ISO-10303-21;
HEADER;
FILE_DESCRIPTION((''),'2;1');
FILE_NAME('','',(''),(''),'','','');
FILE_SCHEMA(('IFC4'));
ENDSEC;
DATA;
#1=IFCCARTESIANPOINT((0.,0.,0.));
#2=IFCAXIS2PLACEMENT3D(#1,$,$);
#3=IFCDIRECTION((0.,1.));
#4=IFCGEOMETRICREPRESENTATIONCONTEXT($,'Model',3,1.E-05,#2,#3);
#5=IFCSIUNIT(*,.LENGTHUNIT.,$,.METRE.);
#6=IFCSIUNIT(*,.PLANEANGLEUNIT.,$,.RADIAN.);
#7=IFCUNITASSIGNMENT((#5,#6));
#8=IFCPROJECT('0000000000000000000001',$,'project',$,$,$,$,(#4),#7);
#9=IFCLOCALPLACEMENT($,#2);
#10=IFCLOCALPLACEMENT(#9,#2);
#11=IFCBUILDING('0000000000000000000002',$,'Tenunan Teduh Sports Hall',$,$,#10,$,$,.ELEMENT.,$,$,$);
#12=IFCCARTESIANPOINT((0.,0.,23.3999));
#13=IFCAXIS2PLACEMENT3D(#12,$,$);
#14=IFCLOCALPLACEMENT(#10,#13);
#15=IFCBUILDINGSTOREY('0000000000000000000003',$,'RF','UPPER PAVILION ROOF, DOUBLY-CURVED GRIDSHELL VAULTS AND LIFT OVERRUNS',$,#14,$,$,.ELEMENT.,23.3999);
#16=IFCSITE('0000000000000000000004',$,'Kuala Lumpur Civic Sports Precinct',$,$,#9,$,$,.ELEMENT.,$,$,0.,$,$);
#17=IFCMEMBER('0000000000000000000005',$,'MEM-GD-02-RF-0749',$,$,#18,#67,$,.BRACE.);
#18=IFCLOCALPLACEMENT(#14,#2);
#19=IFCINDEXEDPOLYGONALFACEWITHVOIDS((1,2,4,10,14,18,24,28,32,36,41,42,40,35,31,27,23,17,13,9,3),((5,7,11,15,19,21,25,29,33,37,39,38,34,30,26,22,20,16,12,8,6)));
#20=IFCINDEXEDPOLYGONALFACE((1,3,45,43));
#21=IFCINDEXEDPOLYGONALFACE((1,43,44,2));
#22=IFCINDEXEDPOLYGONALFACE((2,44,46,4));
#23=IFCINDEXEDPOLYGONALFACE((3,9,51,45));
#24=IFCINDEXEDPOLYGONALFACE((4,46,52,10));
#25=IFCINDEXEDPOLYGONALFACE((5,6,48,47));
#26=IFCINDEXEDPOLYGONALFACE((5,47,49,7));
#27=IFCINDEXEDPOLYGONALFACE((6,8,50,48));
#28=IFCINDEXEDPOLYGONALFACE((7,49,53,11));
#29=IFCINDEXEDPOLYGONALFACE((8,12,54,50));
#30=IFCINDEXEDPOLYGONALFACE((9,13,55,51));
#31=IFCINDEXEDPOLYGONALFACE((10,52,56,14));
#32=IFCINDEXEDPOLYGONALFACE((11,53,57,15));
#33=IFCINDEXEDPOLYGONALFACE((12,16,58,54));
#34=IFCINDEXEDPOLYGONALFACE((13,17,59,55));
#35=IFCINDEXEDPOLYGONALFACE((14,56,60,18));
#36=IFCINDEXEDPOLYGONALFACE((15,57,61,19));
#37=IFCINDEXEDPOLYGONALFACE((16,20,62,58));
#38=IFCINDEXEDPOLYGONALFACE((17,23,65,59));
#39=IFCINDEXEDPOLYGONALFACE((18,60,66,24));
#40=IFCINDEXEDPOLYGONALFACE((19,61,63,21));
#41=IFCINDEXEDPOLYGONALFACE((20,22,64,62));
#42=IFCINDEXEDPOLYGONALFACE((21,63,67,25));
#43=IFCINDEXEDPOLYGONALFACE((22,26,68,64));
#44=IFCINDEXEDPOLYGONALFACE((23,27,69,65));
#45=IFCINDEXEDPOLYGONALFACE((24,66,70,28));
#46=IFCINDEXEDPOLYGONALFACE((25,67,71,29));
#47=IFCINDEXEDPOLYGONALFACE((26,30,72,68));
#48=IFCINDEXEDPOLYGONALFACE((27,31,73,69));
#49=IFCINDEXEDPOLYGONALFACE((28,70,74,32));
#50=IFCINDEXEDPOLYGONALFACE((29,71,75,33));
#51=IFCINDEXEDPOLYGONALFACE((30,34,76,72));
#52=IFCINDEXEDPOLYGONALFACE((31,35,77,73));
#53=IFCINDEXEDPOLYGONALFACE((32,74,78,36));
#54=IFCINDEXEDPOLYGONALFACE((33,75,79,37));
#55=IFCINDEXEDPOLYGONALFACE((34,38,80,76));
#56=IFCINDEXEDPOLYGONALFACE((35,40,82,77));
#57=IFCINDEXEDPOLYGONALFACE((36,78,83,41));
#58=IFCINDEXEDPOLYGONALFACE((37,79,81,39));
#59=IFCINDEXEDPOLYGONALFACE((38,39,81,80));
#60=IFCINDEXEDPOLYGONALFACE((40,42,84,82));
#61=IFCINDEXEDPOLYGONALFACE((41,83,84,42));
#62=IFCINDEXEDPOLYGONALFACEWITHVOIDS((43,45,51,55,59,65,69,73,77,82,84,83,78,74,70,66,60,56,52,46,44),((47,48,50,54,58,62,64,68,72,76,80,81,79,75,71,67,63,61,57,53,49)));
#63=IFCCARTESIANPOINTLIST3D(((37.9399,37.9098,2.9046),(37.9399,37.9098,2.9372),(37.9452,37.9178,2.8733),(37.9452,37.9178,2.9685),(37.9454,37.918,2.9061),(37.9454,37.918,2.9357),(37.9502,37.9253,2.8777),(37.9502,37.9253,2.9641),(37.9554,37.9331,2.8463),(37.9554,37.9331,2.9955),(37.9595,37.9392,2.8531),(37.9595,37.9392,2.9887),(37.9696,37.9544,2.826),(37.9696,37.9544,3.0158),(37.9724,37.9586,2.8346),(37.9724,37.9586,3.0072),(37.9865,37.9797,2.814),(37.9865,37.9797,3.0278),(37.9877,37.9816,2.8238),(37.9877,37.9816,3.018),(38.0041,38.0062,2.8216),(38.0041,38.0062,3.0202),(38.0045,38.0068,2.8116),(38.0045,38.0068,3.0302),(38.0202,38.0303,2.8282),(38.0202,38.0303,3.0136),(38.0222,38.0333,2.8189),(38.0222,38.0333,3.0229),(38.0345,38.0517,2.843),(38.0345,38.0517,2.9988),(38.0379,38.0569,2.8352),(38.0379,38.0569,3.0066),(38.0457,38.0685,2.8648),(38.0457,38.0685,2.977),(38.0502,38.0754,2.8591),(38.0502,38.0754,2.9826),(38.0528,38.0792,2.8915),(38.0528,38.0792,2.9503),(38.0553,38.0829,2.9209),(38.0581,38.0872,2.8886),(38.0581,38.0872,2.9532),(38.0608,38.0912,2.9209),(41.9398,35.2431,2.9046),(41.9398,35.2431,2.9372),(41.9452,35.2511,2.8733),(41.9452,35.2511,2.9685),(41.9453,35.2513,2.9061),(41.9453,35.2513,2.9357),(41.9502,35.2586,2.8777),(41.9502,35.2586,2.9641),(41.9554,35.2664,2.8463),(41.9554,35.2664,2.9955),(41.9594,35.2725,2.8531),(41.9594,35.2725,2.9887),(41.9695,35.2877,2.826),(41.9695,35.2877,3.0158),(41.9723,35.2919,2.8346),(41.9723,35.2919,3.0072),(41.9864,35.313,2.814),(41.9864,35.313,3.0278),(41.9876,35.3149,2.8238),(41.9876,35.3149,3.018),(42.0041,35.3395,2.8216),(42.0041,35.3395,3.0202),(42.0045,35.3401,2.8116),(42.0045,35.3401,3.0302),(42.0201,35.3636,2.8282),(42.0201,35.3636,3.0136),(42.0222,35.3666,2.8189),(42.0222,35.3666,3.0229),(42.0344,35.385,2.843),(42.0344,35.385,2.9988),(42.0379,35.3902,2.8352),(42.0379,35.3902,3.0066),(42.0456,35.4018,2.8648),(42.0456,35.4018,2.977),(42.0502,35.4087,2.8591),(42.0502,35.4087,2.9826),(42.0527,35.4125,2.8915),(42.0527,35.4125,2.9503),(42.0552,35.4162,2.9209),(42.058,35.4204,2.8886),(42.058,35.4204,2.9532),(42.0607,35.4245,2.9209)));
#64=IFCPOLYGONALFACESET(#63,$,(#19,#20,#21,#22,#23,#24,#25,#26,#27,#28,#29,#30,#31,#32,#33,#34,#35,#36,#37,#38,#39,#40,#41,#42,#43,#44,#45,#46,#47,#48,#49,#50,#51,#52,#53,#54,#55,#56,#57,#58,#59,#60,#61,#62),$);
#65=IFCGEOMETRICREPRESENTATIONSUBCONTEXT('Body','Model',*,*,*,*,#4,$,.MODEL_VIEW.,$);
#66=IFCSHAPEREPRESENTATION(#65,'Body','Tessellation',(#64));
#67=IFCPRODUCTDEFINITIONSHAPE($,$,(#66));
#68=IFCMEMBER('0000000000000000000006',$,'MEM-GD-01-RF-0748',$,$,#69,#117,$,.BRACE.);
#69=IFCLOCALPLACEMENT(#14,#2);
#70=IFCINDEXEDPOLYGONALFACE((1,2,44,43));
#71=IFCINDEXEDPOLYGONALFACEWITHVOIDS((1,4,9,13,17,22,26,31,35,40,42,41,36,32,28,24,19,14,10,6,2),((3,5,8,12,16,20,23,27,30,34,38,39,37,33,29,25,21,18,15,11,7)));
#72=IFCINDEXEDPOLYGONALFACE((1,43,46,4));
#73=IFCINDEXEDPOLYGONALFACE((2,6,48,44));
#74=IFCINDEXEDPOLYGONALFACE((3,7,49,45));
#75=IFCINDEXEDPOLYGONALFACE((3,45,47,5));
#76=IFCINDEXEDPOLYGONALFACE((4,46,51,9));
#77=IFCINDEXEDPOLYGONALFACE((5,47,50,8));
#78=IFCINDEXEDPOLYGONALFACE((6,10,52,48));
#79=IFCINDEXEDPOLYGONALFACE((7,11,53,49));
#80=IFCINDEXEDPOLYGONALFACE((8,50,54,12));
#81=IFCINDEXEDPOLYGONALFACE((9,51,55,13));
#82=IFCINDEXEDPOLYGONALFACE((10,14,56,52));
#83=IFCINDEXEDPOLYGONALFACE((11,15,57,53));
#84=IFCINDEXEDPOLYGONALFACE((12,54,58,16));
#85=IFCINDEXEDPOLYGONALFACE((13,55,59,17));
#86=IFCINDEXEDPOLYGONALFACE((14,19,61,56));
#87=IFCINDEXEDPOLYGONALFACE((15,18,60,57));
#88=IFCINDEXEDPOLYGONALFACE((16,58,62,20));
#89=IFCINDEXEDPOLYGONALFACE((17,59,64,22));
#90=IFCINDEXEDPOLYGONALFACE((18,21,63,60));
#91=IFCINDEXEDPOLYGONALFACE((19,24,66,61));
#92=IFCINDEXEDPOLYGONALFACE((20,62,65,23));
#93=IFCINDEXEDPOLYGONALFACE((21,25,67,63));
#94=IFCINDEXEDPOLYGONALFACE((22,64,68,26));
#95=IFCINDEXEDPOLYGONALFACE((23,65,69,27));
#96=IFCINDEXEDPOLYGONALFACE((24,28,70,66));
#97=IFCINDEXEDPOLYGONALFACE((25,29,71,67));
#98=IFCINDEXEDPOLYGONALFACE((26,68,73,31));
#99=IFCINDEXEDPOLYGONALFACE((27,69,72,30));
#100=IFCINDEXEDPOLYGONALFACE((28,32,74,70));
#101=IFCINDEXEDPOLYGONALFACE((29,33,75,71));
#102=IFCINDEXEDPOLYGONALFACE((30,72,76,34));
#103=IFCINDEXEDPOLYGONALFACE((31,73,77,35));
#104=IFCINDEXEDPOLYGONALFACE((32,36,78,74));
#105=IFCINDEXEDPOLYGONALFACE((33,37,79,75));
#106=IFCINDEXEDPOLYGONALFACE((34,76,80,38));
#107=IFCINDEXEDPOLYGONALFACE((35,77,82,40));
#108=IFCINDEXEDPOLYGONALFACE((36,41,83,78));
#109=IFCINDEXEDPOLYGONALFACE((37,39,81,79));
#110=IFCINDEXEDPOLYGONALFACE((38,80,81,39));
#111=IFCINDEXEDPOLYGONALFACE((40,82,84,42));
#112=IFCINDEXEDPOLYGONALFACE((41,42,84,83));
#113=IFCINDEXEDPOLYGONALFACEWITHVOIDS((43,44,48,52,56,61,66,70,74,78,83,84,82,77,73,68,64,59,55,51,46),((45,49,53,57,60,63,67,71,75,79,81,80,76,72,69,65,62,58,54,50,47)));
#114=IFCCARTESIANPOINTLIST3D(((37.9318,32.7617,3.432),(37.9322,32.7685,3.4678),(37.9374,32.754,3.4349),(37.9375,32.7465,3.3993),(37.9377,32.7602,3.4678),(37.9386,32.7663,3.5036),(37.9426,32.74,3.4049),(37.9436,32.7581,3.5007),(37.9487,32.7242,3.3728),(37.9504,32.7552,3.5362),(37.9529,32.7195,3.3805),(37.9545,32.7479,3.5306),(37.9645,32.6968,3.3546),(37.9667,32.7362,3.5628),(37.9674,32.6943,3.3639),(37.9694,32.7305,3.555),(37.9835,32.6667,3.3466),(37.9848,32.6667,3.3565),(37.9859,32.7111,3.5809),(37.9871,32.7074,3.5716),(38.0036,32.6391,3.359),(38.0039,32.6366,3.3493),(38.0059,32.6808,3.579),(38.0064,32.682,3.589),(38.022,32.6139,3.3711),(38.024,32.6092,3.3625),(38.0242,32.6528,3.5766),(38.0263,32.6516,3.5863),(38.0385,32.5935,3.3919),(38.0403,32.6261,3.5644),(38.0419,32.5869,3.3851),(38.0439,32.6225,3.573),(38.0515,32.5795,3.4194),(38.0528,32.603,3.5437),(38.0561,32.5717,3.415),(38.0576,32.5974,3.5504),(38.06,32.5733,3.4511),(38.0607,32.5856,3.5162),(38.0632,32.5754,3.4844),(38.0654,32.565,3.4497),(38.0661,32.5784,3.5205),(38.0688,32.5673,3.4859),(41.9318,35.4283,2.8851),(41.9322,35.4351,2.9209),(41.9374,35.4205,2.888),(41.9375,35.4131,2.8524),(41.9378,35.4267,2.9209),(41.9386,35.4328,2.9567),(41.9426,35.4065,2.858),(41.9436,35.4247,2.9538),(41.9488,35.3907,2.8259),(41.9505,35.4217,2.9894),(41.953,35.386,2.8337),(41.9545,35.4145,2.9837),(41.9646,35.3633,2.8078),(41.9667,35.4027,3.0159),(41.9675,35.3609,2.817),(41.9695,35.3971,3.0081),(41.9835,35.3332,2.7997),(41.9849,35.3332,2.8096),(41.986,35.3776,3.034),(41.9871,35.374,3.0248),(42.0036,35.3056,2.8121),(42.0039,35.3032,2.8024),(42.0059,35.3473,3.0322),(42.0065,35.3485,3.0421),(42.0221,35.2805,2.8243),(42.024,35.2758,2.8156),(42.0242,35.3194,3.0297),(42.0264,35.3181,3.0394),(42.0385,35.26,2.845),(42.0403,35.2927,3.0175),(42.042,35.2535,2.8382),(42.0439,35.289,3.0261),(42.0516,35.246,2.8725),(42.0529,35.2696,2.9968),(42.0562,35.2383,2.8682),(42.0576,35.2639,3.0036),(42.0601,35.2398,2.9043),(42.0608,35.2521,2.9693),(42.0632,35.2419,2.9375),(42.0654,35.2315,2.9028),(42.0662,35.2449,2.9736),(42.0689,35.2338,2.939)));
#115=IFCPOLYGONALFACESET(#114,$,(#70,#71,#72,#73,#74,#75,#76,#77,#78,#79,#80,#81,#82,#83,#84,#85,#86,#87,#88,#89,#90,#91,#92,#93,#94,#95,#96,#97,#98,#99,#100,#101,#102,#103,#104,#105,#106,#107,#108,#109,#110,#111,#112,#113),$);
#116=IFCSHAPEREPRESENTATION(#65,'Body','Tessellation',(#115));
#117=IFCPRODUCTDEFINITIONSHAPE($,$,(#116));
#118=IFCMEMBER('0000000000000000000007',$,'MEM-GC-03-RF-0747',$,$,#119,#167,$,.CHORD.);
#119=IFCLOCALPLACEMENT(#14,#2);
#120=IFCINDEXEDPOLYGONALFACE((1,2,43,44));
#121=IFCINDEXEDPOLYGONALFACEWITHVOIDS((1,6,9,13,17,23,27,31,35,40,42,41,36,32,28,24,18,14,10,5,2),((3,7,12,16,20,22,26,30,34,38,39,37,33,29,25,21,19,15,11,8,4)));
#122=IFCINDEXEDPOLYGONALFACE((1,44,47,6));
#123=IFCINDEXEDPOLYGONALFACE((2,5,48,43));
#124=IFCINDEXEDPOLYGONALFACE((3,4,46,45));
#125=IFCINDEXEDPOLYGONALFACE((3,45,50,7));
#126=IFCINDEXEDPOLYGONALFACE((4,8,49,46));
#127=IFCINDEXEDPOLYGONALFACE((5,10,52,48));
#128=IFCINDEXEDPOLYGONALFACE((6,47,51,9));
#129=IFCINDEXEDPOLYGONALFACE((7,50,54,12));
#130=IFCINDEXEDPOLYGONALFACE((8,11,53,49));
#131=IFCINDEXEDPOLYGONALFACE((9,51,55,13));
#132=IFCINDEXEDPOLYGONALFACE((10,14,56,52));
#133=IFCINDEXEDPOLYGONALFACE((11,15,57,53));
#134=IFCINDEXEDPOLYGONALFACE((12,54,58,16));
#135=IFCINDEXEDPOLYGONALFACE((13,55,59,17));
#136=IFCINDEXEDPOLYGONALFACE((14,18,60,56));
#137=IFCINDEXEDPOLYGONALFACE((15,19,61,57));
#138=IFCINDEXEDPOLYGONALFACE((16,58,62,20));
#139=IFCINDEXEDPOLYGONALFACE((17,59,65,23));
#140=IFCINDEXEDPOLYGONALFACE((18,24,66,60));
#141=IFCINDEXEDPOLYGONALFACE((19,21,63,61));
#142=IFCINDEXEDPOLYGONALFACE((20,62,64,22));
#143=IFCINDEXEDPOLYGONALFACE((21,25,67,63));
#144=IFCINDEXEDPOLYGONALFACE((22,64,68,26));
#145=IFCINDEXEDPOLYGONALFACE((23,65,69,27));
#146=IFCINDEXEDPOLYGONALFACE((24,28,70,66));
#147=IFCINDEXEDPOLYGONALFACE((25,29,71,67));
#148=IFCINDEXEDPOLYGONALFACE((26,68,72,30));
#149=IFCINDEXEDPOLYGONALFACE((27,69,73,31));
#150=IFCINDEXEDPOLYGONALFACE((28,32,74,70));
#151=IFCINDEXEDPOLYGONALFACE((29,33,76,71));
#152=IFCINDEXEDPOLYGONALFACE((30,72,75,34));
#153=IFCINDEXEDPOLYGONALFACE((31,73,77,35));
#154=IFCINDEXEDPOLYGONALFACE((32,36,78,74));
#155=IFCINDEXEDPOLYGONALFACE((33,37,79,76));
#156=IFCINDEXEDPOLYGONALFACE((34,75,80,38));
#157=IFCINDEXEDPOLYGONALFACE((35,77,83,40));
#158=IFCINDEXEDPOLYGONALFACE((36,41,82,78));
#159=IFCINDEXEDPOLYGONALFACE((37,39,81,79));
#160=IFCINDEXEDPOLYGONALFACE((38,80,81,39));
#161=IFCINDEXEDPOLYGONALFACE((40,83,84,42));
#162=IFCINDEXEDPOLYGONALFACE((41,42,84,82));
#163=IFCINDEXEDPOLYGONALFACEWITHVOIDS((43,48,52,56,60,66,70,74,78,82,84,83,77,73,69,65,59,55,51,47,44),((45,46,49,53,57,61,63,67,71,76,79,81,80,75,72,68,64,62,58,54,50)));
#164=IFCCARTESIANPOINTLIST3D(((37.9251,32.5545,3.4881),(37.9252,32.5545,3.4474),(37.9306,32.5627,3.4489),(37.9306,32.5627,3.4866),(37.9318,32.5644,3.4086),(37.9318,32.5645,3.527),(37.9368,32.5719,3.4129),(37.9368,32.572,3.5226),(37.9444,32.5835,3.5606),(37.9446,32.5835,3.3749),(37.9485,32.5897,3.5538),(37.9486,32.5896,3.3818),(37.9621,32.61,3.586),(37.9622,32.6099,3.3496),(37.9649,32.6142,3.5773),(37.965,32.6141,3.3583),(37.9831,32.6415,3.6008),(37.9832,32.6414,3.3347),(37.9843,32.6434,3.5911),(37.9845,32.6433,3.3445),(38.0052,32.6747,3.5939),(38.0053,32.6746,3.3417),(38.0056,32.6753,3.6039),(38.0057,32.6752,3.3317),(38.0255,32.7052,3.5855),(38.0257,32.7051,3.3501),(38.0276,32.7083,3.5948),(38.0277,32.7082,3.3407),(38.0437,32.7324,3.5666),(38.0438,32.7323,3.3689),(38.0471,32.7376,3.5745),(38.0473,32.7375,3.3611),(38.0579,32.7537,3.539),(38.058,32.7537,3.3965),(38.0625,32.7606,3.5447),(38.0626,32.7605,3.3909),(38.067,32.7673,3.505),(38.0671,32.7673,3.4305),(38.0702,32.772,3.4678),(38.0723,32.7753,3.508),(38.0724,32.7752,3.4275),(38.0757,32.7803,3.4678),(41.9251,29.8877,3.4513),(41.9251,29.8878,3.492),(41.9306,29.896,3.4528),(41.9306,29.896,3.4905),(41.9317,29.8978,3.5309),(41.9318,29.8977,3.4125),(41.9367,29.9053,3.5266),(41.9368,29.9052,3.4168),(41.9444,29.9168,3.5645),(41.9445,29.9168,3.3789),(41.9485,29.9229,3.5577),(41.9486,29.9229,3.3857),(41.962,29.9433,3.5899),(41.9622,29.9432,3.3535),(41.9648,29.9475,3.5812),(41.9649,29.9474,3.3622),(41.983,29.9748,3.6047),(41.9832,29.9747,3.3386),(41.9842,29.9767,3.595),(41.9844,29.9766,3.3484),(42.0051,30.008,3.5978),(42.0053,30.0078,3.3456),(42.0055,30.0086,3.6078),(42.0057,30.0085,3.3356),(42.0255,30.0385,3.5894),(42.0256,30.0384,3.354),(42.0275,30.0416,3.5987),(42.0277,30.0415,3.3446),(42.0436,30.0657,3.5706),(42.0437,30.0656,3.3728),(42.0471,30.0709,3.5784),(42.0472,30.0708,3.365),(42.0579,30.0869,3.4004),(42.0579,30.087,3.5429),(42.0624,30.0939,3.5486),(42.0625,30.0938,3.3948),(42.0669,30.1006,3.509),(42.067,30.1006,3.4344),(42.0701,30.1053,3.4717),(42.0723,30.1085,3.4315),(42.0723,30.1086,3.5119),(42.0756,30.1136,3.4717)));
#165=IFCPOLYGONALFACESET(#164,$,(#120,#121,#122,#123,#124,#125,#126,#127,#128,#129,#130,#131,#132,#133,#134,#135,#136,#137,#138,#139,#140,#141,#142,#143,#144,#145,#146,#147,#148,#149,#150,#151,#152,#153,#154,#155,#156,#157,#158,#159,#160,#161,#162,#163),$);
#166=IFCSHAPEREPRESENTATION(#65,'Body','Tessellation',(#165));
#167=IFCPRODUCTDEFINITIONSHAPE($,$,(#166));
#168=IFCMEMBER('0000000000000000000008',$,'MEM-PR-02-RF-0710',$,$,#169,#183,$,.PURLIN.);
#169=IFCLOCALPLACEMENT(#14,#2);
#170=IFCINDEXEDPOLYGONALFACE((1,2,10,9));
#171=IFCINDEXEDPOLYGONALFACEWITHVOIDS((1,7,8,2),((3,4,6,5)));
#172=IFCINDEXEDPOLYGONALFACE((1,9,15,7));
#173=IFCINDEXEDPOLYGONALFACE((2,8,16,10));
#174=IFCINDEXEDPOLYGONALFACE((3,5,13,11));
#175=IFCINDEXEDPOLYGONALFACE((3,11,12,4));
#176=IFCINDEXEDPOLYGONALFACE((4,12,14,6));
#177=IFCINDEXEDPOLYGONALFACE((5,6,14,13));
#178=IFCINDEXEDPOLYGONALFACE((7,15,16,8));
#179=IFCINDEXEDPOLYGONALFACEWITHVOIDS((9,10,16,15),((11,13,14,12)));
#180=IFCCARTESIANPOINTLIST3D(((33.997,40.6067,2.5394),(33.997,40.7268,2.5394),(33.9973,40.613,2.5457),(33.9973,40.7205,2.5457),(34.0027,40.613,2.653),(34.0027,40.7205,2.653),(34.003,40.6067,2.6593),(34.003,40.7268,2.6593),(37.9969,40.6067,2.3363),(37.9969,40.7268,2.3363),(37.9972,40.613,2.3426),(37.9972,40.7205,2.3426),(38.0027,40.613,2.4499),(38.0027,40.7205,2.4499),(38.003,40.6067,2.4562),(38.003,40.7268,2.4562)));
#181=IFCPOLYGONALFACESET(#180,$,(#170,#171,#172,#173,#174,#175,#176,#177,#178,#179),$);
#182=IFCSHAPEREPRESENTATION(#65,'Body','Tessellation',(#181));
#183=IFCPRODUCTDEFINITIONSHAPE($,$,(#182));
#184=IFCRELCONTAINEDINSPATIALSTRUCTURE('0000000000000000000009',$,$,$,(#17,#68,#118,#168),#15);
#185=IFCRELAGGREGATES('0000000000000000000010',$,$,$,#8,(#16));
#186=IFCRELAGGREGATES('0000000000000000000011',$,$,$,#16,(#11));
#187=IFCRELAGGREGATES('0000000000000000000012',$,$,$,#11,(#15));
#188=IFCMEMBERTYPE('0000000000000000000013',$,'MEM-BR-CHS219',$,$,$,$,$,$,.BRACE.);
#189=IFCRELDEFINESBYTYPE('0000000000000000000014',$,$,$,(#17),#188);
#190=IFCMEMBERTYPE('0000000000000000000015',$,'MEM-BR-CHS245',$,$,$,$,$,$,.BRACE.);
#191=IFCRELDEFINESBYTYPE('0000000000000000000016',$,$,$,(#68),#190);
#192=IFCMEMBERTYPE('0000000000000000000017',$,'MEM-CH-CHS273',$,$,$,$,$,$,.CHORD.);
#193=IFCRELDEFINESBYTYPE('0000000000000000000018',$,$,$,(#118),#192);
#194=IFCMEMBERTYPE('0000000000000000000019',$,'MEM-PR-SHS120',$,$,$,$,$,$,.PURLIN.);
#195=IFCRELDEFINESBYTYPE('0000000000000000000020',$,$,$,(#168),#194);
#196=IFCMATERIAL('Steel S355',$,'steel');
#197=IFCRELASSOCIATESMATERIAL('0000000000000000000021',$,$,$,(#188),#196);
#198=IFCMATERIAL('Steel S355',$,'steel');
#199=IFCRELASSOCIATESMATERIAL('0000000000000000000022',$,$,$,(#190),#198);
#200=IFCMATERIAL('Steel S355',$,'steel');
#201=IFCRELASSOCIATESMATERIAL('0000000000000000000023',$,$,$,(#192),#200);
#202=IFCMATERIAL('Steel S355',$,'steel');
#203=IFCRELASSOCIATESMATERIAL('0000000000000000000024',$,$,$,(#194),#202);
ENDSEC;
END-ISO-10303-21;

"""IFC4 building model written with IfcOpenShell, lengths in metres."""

from ifc_helpers import new_model, si_unit, direction, frame, origin, origin_2d, place, context, subcontext, project, spatial, hollow_rectangle, hollow_circle, extrude, material, material_profile, profile_set, type_object, element, save


model = new_model("IFC4")

# Units and contexts
model_context = context("Model", 3, precision=1e-05, world=origin(), true_north=direction((0.0, 1.0)))
body_context = subcontext(model_context, "Body", "Model", "MODEL_VIEW")
ifc_project = project(units=[si_unit("LENGTHUNIT", "METRE"), si_unit("PLANEANGLEUNIT", "RADIAN")], contexts=[model_context])

# Site, building, storey
site_placement = place(None, origin())
site = spatial("IfcSite", under=ifc_project, at=site_placement, Name="Kuala Lumpur Civic Sports Precinct", CompositionType="ELEMENT", RefElevation=0.0)
building_placement = place(site_placement, origin())
building = spatial("IfcBuilding", under=site, at=building_placement, Name="Tenunan Teduh Sports Hall", CompositionType="ELEMENT")
storey_placement = place(building_placement, frame((0.0, 0.0, 23.3999)))
storey = spatial("IfcBuildingStorey", under=building, at=storey_placement, Name="RF", Description="UPPER PAVILION ROOF, DOUBLY-CURVED GRIDSHELL VAULTS AND LIFT OVERRUNS", CompositionType="ELEMENT", Elevation=23.3999)

# Members
ifc_material_1 = material(Name="Steel S355", Category="steel")
ifc_material_profile_1 = material_profile(ifc_material_1, hollow_circle(Radius=0.1096, WallThickness=0.01, at=origin_2d()), Name="CHS 219.1x10.0")
ifc_profile_set_1 = profile_set([ifc_material_profile_1], Name="Steel S355")
member_type_1 = type_object("IfcMemberType", Name="MEM-BR-CHS219", PredefinedType="BRACE", material=ifc_profile_set_1)
member_1_placement = place(storey_placement, frame((38.0, 38.0, 2.9209), z_axis=(0.832042, -0.554712, 0.0), x_axis=(0.554712, 0.832042, 0.0)))
element("IfcMember", 1, at=member_1_placement, inside=storey, type_object=member_type_1, Name="MEM-GD-02-RF-0749", PredefinedType="BRACE", context=body_context, shape_type="SweptSolid", body=[
    extrude(hollow_circle(Radius=0.1096, WallThickness=0.01, at=origin_2d()), origin(), (0.0, 0.0, 1.0), 4.8074),
])
ifc_material_2 = material(Name="Steel S355", Category="steel")
ifc_material_profile_2 = material_profile(ifc_material_2, hollow_circle(Radius=0.1223, WallThickness=0.01, at=origin_2d()), Name="CHS 244.5x10.0")
ifc_profile_set_2 = profile_set([ifc_material_profile_2], Name="Steel S355")
member_type_2 = type_object("IfcMemberType", Name="MEM-BR-CHS245", PredefinedType="BRACE", material=ifc_profile_set_2)
member_2_placement = place(storey_placement, frame((38.0, 32.6667, 3.4678), z_axis=(0.826734, 0.551122, -0.11303), x_axis=(-0.554677, 0.832066, 0.0)))
element("IfcMember", 2, at=member_2_placement, inside=storey, type_object=member_type_2, Name="MEM-GD-01-RF-0748", PredefinedType="BRACE", context=body_context, shape_type="SweptSolid", body=[
    extrude(hollow_circle(Radius=0.1223, WallThickness=0.01, at=origin_2d()), origin(), (0.0, 0.0, 1.0), 4.8384),
])
ifc_material_3 = material(Name="Steel S355", Category="steel")
ifc_material_profile_3 = material_profile(ifc_material_3, hollow_circle(Radius=0.1365, WallThickness=0.01, at=origin_2d()), Name="CHS 273.0x10.0")
ifc_profile_set_3 = profile_set([ifc_material_profile_3], Name="Steel S355")
member_type_3 = type_object("IfcMemberType", Name="MEM-CH-CHS273", PredefinedType="CHORD", material=ifc_profile_set_3)
member_3_placement = place(storey_placement, frame((38.0, 32.6667, 3.4678), z_axis=(0.832042, -0.554712, 0.000813), x_axis=(0.554712, 0.832042, 0.0)))
element("IfcMember", 3, at=member_3_placement, inside=storey, type_object=member_type_3, Name="MEM-GC-03-RF-0747", PredefinedType="CHORD", context=body_context, shape_type="SweptSolid", body=[
    extrude(hollow_circle(Radius=0.1365, WallThickness=0.01, at=origin_2d()), origin(), (0.0, 0.0, 1.0), 4.8074),
])
ifc_material_4 = material(Name="Steel S355", Category="steel")
ifc_material_profile_4 = material_profile(ifc_material_4, hollow_rectangle(XDim=0.1201, YDim=0.1201, WallThickness=0.0063, at=origin_2d()), Name="SHS 120x120x6.3")
ifc_profile_set_4 = profile_set([ifc_material_profile_4], Name="Steel S355")
member_type_4 = type_object("IfcMemberType", Name="MEM-PR-SHS120", PredefinedType="PURLIN", material=ifc_profile_set_4)
member_4_placement = place(storey_placement, frame((34.0, 40.6667, 2.5994), z_axis=(0.998713, 0.0, -0.050716), x_axis=(0.0, 1.0, 0.0)))
element("IfcMember", 4, at=member_4_placement, inside=storey, type_object=member_type_4, Name="MEM-PR-02-RF-0710", PredefinedType="PURLIN", context=body_context, shape_type="SweptSolid", body=[
    extrude(hollow_rectangle(XDim=0.1201, YDim=0.1201, WallThickness=0.0063, at=origin_2d()), origin(), (0.0, 0.0, 1.0), 4.0051),
])

save(model, "model.ifc")
